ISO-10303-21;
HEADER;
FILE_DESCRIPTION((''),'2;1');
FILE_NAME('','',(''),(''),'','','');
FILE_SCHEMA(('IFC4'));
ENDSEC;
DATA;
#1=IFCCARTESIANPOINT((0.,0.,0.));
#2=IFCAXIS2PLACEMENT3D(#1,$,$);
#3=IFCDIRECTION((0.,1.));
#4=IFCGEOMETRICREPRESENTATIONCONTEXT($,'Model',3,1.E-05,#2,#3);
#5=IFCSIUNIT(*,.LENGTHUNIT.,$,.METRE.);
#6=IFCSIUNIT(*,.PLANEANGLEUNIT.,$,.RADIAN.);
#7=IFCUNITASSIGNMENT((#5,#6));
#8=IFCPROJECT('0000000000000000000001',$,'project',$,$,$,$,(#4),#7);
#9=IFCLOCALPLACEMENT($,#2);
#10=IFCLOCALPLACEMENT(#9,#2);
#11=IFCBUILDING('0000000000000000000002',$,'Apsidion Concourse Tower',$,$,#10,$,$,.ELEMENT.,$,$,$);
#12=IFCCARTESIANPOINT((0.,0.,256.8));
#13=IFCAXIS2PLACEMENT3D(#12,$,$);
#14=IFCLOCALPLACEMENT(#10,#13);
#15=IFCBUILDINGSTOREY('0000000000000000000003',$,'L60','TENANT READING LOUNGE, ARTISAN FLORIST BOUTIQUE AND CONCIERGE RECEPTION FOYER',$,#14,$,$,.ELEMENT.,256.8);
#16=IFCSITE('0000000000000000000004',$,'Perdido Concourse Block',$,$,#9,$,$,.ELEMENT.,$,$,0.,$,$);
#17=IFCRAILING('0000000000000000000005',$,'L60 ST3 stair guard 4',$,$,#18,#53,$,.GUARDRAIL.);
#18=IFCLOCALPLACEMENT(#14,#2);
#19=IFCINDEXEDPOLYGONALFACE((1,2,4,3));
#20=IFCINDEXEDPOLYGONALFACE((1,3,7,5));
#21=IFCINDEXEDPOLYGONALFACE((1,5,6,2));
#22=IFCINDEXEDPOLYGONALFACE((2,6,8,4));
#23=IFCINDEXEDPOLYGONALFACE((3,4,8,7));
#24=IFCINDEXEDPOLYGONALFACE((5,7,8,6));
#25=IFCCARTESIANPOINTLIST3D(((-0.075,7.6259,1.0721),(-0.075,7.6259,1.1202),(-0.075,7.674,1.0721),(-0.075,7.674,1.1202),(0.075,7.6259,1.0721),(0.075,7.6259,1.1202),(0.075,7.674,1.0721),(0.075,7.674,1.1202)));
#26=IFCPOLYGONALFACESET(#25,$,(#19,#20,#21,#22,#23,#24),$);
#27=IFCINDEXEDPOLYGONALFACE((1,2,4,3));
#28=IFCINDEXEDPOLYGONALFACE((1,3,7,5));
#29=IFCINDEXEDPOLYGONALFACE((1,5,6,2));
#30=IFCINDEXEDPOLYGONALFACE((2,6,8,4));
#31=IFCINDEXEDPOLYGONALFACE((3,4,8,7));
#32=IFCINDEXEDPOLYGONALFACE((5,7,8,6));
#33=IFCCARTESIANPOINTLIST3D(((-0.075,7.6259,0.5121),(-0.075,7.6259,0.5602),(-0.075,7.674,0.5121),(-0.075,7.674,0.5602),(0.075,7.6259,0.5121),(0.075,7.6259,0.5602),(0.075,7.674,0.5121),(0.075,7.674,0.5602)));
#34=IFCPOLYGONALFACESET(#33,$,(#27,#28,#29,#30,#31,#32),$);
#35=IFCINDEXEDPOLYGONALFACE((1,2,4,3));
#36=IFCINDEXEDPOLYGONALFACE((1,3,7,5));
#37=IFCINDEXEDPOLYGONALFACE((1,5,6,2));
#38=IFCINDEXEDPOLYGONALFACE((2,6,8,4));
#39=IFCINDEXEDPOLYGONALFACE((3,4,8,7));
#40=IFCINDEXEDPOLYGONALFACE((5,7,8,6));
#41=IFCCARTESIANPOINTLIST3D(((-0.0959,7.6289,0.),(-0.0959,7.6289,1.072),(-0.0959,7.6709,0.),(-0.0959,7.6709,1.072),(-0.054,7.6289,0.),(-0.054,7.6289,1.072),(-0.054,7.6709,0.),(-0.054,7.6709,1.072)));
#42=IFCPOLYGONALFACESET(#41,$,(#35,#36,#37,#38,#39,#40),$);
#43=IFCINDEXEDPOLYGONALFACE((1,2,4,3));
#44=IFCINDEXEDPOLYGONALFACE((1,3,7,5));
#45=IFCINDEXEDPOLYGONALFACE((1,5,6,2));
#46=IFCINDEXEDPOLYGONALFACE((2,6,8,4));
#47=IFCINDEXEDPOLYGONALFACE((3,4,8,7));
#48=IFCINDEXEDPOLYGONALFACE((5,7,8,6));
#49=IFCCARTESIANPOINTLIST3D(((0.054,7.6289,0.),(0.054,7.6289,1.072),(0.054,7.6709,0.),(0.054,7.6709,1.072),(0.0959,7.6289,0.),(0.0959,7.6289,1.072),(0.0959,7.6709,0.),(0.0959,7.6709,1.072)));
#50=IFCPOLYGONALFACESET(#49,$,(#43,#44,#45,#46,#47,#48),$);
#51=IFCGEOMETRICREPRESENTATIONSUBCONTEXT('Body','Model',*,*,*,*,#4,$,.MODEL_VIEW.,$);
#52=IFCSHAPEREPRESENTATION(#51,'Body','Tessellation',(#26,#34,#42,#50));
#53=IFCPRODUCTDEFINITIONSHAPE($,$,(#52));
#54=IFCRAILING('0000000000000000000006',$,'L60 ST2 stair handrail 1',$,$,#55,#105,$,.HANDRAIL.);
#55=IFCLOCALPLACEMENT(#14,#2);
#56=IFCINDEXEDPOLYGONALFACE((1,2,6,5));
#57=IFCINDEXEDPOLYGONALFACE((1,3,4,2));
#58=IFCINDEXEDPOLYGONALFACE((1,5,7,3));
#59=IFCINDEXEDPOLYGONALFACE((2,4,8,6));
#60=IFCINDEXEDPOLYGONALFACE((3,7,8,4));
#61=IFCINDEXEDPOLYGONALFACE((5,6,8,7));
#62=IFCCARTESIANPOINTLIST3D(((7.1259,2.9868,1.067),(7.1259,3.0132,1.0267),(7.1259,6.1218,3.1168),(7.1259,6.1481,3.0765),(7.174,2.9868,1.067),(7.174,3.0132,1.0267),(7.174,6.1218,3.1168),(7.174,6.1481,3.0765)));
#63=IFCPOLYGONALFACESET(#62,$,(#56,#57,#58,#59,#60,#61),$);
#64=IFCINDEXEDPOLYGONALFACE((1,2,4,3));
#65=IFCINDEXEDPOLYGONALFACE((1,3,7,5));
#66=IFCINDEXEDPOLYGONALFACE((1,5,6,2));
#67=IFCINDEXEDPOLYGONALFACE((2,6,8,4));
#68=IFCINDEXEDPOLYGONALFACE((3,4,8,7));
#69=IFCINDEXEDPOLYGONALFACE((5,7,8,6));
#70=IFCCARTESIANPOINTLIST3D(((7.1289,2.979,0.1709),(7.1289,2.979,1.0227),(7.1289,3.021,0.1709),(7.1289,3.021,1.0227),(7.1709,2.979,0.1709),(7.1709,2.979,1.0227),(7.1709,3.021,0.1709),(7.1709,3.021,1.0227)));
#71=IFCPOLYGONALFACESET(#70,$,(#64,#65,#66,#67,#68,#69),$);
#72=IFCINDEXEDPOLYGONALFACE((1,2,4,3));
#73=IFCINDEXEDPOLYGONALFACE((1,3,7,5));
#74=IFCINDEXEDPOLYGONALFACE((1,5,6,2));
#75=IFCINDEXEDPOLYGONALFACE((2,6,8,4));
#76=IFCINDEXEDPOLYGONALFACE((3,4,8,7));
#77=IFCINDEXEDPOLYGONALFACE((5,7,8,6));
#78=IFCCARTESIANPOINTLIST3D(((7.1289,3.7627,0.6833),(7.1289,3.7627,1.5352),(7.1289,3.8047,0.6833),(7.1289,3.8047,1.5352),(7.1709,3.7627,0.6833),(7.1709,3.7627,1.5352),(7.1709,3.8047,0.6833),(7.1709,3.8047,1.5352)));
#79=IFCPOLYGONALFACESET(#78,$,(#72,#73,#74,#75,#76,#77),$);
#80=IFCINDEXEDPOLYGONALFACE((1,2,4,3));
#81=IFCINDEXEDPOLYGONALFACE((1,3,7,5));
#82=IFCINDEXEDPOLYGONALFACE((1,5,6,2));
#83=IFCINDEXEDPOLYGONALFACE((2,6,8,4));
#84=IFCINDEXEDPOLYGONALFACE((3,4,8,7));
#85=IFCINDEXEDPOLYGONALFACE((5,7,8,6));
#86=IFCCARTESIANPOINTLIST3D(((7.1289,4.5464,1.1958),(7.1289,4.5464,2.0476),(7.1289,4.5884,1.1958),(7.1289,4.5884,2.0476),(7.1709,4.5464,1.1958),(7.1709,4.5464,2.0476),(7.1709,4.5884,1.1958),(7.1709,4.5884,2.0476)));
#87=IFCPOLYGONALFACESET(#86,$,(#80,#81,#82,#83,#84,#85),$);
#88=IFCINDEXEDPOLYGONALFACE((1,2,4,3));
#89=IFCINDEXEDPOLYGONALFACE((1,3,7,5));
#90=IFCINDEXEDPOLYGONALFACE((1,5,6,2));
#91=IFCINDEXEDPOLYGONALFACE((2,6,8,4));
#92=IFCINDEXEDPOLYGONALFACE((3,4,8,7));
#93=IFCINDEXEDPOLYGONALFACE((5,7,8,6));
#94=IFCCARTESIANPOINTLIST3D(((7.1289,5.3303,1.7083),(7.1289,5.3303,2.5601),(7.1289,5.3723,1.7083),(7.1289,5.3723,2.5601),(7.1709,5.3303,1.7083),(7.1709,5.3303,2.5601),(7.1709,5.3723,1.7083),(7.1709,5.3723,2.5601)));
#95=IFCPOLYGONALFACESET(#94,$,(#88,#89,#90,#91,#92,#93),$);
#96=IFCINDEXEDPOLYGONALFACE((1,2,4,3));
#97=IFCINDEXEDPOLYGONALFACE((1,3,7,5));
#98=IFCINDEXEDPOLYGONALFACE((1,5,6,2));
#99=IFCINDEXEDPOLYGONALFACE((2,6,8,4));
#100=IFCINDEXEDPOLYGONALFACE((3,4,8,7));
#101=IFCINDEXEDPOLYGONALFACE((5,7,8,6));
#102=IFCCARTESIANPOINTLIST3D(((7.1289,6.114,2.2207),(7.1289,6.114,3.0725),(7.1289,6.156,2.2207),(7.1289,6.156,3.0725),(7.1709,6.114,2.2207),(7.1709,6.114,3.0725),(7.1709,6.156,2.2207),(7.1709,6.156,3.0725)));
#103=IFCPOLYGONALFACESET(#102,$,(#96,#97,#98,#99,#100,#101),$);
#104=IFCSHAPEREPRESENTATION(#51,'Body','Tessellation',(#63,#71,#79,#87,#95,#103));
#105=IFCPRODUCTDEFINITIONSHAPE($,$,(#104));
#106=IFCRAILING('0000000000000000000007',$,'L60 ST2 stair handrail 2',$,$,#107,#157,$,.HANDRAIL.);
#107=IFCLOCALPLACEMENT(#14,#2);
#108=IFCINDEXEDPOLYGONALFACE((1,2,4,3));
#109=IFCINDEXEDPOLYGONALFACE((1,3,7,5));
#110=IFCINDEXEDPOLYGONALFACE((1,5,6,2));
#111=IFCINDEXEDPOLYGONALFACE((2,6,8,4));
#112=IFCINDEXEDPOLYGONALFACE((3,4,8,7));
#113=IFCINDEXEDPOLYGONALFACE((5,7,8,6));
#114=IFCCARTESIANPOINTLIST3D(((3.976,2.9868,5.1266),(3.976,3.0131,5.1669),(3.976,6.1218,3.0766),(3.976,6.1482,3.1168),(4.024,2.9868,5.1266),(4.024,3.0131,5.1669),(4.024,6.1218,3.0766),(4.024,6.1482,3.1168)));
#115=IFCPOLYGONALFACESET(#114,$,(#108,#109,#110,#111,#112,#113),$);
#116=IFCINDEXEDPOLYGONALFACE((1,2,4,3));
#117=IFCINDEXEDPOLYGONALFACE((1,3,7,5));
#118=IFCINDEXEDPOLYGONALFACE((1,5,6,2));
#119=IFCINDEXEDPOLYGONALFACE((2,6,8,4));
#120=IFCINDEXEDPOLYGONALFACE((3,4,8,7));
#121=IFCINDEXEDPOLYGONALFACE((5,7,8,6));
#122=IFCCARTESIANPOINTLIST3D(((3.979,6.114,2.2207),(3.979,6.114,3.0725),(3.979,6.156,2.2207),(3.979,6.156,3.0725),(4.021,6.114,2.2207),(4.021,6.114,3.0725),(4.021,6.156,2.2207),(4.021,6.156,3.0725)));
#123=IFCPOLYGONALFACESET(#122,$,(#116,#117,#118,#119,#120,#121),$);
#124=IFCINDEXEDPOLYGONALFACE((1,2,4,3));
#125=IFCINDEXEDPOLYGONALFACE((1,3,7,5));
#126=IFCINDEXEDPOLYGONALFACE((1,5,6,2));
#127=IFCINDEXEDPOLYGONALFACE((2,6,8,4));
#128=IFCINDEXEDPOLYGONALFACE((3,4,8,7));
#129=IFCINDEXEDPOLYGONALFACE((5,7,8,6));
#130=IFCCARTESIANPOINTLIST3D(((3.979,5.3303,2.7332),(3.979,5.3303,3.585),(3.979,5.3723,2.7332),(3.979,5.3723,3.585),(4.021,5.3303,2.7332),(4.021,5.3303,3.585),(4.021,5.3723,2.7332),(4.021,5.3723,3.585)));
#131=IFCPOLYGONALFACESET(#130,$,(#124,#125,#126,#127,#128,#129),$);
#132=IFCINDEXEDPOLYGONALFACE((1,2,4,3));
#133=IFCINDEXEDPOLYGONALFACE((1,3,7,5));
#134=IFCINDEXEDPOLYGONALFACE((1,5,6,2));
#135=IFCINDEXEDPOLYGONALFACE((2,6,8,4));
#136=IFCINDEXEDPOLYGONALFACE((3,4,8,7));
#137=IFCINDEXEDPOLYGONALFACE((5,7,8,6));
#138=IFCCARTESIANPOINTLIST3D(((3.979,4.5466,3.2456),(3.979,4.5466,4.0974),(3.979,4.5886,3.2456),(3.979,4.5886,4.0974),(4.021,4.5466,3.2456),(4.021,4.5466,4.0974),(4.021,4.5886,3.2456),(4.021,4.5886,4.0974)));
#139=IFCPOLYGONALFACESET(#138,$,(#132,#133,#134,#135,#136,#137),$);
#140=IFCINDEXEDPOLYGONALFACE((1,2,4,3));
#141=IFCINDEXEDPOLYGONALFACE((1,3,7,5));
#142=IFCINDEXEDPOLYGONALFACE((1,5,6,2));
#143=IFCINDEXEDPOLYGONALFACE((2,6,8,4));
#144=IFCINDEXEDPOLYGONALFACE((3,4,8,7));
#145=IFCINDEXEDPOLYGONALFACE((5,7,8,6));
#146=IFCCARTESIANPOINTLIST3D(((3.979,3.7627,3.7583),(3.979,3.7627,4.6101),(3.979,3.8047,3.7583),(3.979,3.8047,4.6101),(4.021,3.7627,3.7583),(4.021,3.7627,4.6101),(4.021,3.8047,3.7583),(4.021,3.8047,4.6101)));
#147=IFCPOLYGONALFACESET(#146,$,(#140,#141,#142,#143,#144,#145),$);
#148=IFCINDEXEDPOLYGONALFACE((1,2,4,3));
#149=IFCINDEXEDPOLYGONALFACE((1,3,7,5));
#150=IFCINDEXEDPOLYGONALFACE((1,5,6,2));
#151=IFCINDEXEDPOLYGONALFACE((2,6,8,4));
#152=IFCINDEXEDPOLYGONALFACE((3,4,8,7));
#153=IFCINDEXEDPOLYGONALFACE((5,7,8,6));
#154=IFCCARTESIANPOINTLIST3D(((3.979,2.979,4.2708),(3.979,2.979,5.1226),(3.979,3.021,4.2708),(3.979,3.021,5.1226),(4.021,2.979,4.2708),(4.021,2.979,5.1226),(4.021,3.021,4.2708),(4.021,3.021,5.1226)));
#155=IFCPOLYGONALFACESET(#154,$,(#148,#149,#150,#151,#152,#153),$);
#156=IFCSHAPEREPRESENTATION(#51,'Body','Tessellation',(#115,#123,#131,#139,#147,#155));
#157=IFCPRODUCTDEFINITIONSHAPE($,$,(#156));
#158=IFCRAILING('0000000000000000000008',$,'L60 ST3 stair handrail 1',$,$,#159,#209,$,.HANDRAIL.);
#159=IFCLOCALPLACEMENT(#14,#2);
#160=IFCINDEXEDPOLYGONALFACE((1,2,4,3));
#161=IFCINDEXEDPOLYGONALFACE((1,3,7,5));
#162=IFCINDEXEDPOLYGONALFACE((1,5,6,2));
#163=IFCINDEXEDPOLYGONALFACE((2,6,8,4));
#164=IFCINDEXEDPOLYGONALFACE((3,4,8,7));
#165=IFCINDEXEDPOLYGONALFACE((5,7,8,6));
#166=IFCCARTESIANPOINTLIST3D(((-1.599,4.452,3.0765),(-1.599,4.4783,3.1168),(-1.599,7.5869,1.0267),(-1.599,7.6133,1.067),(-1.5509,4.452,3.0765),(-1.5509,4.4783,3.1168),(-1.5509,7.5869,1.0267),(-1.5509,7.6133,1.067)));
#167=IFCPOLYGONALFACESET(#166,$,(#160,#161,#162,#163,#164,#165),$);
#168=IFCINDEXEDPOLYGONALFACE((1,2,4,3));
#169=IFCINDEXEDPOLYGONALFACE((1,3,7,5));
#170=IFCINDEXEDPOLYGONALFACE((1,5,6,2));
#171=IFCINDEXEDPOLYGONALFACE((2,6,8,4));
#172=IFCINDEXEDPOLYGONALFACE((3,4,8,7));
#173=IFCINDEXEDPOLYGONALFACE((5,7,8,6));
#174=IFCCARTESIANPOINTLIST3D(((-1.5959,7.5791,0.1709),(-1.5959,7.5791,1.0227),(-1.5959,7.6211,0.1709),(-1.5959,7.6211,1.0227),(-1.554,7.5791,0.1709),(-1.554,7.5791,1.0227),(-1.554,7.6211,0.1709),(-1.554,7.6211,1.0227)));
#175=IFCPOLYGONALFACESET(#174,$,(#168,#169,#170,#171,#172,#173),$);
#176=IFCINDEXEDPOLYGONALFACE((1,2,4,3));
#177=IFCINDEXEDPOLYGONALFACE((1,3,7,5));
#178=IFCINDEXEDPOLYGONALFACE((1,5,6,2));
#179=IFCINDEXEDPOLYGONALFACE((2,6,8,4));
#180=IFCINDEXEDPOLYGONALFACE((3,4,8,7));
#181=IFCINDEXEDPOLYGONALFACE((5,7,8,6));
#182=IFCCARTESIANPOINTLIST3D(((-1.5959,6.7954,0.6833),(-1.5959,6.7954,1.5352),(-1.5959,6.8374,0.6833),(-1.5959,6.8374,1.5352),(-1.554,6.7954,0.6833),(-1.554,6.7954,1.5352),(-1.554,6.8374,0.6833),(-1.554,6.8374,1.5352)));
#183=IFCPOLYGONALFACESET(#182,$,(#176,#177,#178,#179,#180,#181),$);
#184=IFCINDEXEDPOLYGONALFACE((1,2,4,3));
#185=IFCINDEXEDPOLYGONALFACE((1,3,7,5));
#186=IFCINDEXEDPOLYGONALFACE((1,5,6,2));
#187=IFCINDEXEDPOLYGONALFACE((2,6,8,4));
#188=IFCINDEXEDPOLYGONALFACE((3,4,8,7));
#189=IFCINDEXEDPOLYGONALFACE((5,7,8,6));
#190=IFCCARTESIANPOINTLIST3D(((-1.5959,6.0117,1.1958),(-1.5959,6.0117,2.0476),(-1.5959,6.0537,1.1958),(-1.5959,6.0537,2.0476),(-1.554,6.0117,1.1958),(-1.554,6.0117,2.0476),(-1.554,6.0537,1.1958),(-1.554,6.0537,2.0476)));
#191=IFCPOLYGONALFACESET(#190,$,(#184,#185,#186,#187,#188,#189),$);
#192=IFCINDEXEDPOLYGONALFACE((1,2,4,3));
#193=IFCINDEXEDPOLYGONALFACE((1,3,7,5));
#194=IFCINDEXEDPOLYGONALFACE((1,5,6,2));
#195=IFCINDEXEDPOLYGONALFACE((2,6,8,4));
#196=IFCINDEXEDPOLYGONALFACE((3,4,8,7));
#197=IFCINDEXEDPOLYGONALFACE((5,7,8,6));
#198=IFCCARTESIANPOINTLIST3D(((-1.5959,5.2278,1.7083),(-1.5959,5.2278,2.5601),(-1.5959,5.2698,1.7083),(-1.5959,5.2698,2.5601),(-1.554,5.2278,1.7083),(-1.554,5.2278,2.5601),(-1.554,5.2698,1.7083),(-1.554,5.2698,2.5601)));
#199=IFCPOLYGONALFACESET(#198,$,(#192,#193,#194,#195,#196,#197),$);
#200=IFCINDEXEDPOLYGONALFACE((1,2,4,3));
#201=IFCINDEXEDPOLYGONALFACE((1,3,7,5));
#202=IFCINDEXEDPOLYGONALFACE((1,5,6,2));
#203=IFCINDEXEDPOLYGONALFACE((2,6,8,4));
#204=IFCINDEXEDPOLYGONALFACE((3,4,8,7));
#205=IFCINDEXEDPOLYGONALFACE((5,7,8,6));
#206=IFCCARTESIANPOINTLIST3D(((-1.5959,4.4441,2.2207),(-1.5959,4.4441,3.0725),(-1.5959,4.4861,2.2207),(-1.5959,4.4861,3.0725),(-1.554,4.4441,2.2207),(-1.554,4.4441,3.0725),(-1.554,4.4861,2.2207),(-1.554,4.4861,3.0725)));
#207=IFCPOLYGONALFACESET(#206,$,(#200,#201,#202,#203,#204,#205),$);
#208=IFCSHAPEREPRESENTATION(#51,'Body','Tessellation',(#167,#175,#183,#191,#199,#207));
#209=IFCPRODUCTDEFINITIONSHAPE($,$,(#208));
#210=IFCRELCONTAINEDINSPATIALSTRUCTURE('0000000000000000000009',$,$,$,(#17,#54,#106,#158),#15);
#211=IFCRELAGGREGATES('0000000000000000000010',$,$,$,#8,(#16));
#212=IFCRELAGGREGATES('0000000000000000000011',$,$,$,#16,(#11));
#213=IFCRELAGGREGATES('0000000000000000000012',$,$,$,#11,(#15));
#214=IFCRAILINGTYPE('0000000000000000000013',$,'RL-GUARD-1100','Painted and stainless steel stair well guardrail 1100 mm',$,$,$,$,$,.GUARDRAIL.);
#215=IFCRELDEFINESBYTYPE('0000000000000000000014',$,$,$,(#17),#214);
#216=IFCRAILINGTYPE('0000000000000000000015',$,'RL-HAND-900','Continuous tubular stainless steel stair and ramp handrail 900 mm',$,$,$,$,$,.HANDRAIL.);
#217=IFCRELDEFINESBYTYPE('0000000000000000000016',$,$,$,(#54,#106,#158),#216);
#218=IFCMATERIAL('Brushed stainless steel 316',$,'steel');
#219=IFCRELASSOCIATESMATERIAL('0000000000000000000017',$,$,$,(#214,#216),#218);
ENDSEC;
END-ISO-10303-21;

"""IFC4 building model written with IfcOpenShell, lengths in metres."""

from ifc_helpers import new_model, si_unit, direction, frame, origin, origin_2d, place, context, subcontext, project, spatial, rectangle, extrude, material, type_object, element, save


model = new_model("IFC4")

# Units and contexts
model_context = context("Model", 3, precision=1e-05, world=origin(), true_north=direction((0.0, 1.0)))
body_context = subcontext(model_context, "Body", "Model", "MODEL_VIEW")
ifc_project = project(units=[si_unit("LENGTHUNIT", "METRE"), si_unit("PLANEANGLEUNIT", "RADIAN")], contexts=[model_context])

# Site, building, storey
site_placement = place(None, origin())
site = spatial("IfcSite", under=ifc_project, at=site_placement, Name="Perdido Concourse Block", CompositionType="ELEMENT", RefElevation=0.0)
building_placement = place(site_placement, origin())
building = spatial("IfcBuilding", under=site, at=building_placement, Name="Apsidion Concourse Tower", CompositionType="ELEMENT")
storey_placement = place(building_placement, frame((0.0, 0.0, 256.8)))
storey = spatial("IfcBuildingStorey", under=building, at=storey_placement, Name="L60", Description="TENANT READING LOUNGE, ARTISAN FLORIST BOUTIQUE AND CONCIERGE RECEPTION FOYER", CompositionType="ELEMENT", Elevation=256.8)

# Shared definitions
ifc_material_1 = material(Name="Brushed stainless steel 316", Category="steel")

# Railings
railing_type_1 = type_object("IfcRailingType", Name="RL-GUARD-1100", Description="Painted and stainless steel stair well guardrail 1100 mm", PredefinedType="GUARDRAIL", material=ifc_material_1)
railing_1_placement = place(storey_placement, frame((-0.075, 7.6499, 0.0)))
element("IfcRailing", 1, at=railing_1_placement, inside=storey, type_object=railing_type_1, Name="L60 ST3 stair guard 4", PredefinedType="GUARDRAIL", context=body_context, shape_type="SweptSolid", body=[
    extrude(rectangle(XDim=0.0481, YDim=0.0481, at=origin_2d()), frame((0.0, 0.0, 1.0962), z_axis=(1.0, 0.0, 0.0), x_axis=(0.0, 1.0, 0.0)), (0.0, 0.0, 1.0), 0.1499),
    extrude(rectangle(XDim=0.0481, YDim=0.0481, at=origin_2d()), frame((0.0, 0.0, 0.5361), z_axis=(1.0, 0.0, 0.0), x_axis=(0.0, 1.0, 0.0)), (0.0, 0.0, 1.0), 0.1499),
    extrude(rectangle(XDim=0.042, YDim=0.042, at=origin_2d()), origin(), (0.0, 0.0, 1.0), 1.072),
    extrude(rectangle(XDim=0.042, YDim=0.042, at=origin_2d()), frame((0.1499, 0.0, 0.0)), (0.0, 0.0, 1.0), 1.072),
])
railing_type_2 = type_object("IfcRailingType", Name="RL-HAND-900", Description="Continuous tubular stainless steel stair and ramp handrail 900 mm", PredefinedType="HANDRAIL", material=ifc_material_1)
railing_2_placement = place(storey_placement, frame((7.1499, 3.0, 0.1709)))
element("IfcRailing", 2, at=railing_2_placement, inside=storey, type_object=railing_type_2, Name="L60 ST2 stair handrail 1", PredefinedType="HANDRAIL", context=body_context, shape_type="SweptSolid", body=[
    extrude(rectangle(XDim=0.0481, YDim=0.0481, at=origin_2d()), frame((0.0, 0.0, 0.876), z_axis=(0.0, 0.836971, 0.547248), x_axis=(-1.0, 0.0, 0.0)), (0.0, 0.0, 1.0), 3.7456),
    extrude(rectangle(XDim=0.042, YDim=0.042, at=origin_2d()), origin(), (0.0, 0.0, 1.0), 0.8518),
    extrude(rectangle(XDim=0.042, YDim=0.042, at=origin_2d()), frame((0.0, 0.7837, 0.5125)), (0.0, 0.0, 1.0), 0.8518),
    extrude(rectangle(XDim=0.042, YDim=0.042, at=origin_2d()), frame((0.0, 1.5674, 1.0249)), (0.0, 0.0, 1.0), 0.8518),
    extrude(rectangle(XDim=0.042, YDim=0.042, at=origin_2d()), frame((0.0, 2.3513, 1.5374)), (0.0, 0.0, 1.0), 0.8518),
    extrude(rectangle(XDim=0.042, YDim=0.042, at=origin_2d()), frame((0.0, 3.135, 2.0498)), (0.0, 0.0, 1.0), 0.8518),
])
railing_3_placement = place(storey_placement, frame((4.0, 6.135, 2.2207)))
element("IfcRailing", 3, at=railing_3_placement, inside=storey, type_object=railing_type_2, Name="L60 ST2 stair handrail 2", PredefinedType="HANDRAIL", context=body_context, shape_type="SweptSolid", body=[
    extrude(rectangle(XDim=0.0481, YDim=0.0481, at=origin_2d()), frame((0.0, 0.0, 0.876), z_axis=(0.0, -0.836941, 0.547293), x_axis=(1.0, 0.0, 0.0)), (0.0, 0.0, 1.0), 3.7458),
    extrude(rectangle(XDim=0.042, YDim=0.042, at=origin_2d()), origin(), (0.0, 0.0, 1.0), 0.8518),
    extrude(rectangle(XDim=0.042, YDim=0.042, at=origin_2d()), frame((0.0, -0.7837, 0.5125)), (0.0, 0.0, 1.0), 0.8518),
    extrude(rectangle(XDim=0.042, YDim=0.042, at=origin_2d()), frame((0.0, -1.5674, 1.0249)), (0.0, 0.0, 1.0), 0.8518),
    extrude(rectangle(XDim=0.042, YDim=0.042, at=origin_2d()), frame((0.0, -2.3513, 1.5376)), (0.0, 0.0, 1.0), 0.8518),
    extrude(rectangle(XDim=0.042, YDim=0.042, at=origin_2d()), frame((0.0, -3.135, 2.05)), (0.0, 0.0, 1.0), 0.8518),
])
railing_4_placement = place(storey_placement, frame((-1.575, 7.6001, 0.1709)))
element("IfcRailing", 4, at=railing_4_placement, inside=storey, type_object=railing_type_2, Name="L60 ST3 stair handrail 1", PredefinedType="HANDRAIL", context=body_context, shape_type="SweptSolid", body=[
    extrude(rectangle(XDim=0.0481, YDim=0.0481, at=origin_2d()), frame((0.0, 0.0, 0.876), z_axis=(0.0, -0.836971, 0.547248), x_axis=(1.0, 0.0, 0.0)), (0.0, 0.0, 1.0), 3.7456),
    extrude(rectangle(XDim=0.042, YDim=0.042, at=origin_2d()), origin(), (0.0, 0.0, 1.0), 0.8518),
    extrude(rectangle(XDim=0.042, YDim=0.042, at=origin_2d()), frame((0.0, -0.7837, 0.5125)), (0.0, 0.0, 1.0), 0.8518),
    extrude(rectangle(XDim=0.042, YDim=0.042, at=origin_2d()), frame((0.0, -1.5674, 1.0249)), (0.0, 0.0, 1.0), 0.8518),
    extrude(rectangle(XDim=0.042, YDim=0.042, at=origin_2d()), frame((0.0, -2.3513, 1.5374)), (0.0, 0.0, 1.0), 0.8518),
    extrude(rectangle(XDim=0.042, YDim=0.042, at=origin_2d()), frame((0.0, -3.135, 2.0498)), (0.0, 0.0, 1.0), 0.8518),
])

save(model, "model.ifc")
